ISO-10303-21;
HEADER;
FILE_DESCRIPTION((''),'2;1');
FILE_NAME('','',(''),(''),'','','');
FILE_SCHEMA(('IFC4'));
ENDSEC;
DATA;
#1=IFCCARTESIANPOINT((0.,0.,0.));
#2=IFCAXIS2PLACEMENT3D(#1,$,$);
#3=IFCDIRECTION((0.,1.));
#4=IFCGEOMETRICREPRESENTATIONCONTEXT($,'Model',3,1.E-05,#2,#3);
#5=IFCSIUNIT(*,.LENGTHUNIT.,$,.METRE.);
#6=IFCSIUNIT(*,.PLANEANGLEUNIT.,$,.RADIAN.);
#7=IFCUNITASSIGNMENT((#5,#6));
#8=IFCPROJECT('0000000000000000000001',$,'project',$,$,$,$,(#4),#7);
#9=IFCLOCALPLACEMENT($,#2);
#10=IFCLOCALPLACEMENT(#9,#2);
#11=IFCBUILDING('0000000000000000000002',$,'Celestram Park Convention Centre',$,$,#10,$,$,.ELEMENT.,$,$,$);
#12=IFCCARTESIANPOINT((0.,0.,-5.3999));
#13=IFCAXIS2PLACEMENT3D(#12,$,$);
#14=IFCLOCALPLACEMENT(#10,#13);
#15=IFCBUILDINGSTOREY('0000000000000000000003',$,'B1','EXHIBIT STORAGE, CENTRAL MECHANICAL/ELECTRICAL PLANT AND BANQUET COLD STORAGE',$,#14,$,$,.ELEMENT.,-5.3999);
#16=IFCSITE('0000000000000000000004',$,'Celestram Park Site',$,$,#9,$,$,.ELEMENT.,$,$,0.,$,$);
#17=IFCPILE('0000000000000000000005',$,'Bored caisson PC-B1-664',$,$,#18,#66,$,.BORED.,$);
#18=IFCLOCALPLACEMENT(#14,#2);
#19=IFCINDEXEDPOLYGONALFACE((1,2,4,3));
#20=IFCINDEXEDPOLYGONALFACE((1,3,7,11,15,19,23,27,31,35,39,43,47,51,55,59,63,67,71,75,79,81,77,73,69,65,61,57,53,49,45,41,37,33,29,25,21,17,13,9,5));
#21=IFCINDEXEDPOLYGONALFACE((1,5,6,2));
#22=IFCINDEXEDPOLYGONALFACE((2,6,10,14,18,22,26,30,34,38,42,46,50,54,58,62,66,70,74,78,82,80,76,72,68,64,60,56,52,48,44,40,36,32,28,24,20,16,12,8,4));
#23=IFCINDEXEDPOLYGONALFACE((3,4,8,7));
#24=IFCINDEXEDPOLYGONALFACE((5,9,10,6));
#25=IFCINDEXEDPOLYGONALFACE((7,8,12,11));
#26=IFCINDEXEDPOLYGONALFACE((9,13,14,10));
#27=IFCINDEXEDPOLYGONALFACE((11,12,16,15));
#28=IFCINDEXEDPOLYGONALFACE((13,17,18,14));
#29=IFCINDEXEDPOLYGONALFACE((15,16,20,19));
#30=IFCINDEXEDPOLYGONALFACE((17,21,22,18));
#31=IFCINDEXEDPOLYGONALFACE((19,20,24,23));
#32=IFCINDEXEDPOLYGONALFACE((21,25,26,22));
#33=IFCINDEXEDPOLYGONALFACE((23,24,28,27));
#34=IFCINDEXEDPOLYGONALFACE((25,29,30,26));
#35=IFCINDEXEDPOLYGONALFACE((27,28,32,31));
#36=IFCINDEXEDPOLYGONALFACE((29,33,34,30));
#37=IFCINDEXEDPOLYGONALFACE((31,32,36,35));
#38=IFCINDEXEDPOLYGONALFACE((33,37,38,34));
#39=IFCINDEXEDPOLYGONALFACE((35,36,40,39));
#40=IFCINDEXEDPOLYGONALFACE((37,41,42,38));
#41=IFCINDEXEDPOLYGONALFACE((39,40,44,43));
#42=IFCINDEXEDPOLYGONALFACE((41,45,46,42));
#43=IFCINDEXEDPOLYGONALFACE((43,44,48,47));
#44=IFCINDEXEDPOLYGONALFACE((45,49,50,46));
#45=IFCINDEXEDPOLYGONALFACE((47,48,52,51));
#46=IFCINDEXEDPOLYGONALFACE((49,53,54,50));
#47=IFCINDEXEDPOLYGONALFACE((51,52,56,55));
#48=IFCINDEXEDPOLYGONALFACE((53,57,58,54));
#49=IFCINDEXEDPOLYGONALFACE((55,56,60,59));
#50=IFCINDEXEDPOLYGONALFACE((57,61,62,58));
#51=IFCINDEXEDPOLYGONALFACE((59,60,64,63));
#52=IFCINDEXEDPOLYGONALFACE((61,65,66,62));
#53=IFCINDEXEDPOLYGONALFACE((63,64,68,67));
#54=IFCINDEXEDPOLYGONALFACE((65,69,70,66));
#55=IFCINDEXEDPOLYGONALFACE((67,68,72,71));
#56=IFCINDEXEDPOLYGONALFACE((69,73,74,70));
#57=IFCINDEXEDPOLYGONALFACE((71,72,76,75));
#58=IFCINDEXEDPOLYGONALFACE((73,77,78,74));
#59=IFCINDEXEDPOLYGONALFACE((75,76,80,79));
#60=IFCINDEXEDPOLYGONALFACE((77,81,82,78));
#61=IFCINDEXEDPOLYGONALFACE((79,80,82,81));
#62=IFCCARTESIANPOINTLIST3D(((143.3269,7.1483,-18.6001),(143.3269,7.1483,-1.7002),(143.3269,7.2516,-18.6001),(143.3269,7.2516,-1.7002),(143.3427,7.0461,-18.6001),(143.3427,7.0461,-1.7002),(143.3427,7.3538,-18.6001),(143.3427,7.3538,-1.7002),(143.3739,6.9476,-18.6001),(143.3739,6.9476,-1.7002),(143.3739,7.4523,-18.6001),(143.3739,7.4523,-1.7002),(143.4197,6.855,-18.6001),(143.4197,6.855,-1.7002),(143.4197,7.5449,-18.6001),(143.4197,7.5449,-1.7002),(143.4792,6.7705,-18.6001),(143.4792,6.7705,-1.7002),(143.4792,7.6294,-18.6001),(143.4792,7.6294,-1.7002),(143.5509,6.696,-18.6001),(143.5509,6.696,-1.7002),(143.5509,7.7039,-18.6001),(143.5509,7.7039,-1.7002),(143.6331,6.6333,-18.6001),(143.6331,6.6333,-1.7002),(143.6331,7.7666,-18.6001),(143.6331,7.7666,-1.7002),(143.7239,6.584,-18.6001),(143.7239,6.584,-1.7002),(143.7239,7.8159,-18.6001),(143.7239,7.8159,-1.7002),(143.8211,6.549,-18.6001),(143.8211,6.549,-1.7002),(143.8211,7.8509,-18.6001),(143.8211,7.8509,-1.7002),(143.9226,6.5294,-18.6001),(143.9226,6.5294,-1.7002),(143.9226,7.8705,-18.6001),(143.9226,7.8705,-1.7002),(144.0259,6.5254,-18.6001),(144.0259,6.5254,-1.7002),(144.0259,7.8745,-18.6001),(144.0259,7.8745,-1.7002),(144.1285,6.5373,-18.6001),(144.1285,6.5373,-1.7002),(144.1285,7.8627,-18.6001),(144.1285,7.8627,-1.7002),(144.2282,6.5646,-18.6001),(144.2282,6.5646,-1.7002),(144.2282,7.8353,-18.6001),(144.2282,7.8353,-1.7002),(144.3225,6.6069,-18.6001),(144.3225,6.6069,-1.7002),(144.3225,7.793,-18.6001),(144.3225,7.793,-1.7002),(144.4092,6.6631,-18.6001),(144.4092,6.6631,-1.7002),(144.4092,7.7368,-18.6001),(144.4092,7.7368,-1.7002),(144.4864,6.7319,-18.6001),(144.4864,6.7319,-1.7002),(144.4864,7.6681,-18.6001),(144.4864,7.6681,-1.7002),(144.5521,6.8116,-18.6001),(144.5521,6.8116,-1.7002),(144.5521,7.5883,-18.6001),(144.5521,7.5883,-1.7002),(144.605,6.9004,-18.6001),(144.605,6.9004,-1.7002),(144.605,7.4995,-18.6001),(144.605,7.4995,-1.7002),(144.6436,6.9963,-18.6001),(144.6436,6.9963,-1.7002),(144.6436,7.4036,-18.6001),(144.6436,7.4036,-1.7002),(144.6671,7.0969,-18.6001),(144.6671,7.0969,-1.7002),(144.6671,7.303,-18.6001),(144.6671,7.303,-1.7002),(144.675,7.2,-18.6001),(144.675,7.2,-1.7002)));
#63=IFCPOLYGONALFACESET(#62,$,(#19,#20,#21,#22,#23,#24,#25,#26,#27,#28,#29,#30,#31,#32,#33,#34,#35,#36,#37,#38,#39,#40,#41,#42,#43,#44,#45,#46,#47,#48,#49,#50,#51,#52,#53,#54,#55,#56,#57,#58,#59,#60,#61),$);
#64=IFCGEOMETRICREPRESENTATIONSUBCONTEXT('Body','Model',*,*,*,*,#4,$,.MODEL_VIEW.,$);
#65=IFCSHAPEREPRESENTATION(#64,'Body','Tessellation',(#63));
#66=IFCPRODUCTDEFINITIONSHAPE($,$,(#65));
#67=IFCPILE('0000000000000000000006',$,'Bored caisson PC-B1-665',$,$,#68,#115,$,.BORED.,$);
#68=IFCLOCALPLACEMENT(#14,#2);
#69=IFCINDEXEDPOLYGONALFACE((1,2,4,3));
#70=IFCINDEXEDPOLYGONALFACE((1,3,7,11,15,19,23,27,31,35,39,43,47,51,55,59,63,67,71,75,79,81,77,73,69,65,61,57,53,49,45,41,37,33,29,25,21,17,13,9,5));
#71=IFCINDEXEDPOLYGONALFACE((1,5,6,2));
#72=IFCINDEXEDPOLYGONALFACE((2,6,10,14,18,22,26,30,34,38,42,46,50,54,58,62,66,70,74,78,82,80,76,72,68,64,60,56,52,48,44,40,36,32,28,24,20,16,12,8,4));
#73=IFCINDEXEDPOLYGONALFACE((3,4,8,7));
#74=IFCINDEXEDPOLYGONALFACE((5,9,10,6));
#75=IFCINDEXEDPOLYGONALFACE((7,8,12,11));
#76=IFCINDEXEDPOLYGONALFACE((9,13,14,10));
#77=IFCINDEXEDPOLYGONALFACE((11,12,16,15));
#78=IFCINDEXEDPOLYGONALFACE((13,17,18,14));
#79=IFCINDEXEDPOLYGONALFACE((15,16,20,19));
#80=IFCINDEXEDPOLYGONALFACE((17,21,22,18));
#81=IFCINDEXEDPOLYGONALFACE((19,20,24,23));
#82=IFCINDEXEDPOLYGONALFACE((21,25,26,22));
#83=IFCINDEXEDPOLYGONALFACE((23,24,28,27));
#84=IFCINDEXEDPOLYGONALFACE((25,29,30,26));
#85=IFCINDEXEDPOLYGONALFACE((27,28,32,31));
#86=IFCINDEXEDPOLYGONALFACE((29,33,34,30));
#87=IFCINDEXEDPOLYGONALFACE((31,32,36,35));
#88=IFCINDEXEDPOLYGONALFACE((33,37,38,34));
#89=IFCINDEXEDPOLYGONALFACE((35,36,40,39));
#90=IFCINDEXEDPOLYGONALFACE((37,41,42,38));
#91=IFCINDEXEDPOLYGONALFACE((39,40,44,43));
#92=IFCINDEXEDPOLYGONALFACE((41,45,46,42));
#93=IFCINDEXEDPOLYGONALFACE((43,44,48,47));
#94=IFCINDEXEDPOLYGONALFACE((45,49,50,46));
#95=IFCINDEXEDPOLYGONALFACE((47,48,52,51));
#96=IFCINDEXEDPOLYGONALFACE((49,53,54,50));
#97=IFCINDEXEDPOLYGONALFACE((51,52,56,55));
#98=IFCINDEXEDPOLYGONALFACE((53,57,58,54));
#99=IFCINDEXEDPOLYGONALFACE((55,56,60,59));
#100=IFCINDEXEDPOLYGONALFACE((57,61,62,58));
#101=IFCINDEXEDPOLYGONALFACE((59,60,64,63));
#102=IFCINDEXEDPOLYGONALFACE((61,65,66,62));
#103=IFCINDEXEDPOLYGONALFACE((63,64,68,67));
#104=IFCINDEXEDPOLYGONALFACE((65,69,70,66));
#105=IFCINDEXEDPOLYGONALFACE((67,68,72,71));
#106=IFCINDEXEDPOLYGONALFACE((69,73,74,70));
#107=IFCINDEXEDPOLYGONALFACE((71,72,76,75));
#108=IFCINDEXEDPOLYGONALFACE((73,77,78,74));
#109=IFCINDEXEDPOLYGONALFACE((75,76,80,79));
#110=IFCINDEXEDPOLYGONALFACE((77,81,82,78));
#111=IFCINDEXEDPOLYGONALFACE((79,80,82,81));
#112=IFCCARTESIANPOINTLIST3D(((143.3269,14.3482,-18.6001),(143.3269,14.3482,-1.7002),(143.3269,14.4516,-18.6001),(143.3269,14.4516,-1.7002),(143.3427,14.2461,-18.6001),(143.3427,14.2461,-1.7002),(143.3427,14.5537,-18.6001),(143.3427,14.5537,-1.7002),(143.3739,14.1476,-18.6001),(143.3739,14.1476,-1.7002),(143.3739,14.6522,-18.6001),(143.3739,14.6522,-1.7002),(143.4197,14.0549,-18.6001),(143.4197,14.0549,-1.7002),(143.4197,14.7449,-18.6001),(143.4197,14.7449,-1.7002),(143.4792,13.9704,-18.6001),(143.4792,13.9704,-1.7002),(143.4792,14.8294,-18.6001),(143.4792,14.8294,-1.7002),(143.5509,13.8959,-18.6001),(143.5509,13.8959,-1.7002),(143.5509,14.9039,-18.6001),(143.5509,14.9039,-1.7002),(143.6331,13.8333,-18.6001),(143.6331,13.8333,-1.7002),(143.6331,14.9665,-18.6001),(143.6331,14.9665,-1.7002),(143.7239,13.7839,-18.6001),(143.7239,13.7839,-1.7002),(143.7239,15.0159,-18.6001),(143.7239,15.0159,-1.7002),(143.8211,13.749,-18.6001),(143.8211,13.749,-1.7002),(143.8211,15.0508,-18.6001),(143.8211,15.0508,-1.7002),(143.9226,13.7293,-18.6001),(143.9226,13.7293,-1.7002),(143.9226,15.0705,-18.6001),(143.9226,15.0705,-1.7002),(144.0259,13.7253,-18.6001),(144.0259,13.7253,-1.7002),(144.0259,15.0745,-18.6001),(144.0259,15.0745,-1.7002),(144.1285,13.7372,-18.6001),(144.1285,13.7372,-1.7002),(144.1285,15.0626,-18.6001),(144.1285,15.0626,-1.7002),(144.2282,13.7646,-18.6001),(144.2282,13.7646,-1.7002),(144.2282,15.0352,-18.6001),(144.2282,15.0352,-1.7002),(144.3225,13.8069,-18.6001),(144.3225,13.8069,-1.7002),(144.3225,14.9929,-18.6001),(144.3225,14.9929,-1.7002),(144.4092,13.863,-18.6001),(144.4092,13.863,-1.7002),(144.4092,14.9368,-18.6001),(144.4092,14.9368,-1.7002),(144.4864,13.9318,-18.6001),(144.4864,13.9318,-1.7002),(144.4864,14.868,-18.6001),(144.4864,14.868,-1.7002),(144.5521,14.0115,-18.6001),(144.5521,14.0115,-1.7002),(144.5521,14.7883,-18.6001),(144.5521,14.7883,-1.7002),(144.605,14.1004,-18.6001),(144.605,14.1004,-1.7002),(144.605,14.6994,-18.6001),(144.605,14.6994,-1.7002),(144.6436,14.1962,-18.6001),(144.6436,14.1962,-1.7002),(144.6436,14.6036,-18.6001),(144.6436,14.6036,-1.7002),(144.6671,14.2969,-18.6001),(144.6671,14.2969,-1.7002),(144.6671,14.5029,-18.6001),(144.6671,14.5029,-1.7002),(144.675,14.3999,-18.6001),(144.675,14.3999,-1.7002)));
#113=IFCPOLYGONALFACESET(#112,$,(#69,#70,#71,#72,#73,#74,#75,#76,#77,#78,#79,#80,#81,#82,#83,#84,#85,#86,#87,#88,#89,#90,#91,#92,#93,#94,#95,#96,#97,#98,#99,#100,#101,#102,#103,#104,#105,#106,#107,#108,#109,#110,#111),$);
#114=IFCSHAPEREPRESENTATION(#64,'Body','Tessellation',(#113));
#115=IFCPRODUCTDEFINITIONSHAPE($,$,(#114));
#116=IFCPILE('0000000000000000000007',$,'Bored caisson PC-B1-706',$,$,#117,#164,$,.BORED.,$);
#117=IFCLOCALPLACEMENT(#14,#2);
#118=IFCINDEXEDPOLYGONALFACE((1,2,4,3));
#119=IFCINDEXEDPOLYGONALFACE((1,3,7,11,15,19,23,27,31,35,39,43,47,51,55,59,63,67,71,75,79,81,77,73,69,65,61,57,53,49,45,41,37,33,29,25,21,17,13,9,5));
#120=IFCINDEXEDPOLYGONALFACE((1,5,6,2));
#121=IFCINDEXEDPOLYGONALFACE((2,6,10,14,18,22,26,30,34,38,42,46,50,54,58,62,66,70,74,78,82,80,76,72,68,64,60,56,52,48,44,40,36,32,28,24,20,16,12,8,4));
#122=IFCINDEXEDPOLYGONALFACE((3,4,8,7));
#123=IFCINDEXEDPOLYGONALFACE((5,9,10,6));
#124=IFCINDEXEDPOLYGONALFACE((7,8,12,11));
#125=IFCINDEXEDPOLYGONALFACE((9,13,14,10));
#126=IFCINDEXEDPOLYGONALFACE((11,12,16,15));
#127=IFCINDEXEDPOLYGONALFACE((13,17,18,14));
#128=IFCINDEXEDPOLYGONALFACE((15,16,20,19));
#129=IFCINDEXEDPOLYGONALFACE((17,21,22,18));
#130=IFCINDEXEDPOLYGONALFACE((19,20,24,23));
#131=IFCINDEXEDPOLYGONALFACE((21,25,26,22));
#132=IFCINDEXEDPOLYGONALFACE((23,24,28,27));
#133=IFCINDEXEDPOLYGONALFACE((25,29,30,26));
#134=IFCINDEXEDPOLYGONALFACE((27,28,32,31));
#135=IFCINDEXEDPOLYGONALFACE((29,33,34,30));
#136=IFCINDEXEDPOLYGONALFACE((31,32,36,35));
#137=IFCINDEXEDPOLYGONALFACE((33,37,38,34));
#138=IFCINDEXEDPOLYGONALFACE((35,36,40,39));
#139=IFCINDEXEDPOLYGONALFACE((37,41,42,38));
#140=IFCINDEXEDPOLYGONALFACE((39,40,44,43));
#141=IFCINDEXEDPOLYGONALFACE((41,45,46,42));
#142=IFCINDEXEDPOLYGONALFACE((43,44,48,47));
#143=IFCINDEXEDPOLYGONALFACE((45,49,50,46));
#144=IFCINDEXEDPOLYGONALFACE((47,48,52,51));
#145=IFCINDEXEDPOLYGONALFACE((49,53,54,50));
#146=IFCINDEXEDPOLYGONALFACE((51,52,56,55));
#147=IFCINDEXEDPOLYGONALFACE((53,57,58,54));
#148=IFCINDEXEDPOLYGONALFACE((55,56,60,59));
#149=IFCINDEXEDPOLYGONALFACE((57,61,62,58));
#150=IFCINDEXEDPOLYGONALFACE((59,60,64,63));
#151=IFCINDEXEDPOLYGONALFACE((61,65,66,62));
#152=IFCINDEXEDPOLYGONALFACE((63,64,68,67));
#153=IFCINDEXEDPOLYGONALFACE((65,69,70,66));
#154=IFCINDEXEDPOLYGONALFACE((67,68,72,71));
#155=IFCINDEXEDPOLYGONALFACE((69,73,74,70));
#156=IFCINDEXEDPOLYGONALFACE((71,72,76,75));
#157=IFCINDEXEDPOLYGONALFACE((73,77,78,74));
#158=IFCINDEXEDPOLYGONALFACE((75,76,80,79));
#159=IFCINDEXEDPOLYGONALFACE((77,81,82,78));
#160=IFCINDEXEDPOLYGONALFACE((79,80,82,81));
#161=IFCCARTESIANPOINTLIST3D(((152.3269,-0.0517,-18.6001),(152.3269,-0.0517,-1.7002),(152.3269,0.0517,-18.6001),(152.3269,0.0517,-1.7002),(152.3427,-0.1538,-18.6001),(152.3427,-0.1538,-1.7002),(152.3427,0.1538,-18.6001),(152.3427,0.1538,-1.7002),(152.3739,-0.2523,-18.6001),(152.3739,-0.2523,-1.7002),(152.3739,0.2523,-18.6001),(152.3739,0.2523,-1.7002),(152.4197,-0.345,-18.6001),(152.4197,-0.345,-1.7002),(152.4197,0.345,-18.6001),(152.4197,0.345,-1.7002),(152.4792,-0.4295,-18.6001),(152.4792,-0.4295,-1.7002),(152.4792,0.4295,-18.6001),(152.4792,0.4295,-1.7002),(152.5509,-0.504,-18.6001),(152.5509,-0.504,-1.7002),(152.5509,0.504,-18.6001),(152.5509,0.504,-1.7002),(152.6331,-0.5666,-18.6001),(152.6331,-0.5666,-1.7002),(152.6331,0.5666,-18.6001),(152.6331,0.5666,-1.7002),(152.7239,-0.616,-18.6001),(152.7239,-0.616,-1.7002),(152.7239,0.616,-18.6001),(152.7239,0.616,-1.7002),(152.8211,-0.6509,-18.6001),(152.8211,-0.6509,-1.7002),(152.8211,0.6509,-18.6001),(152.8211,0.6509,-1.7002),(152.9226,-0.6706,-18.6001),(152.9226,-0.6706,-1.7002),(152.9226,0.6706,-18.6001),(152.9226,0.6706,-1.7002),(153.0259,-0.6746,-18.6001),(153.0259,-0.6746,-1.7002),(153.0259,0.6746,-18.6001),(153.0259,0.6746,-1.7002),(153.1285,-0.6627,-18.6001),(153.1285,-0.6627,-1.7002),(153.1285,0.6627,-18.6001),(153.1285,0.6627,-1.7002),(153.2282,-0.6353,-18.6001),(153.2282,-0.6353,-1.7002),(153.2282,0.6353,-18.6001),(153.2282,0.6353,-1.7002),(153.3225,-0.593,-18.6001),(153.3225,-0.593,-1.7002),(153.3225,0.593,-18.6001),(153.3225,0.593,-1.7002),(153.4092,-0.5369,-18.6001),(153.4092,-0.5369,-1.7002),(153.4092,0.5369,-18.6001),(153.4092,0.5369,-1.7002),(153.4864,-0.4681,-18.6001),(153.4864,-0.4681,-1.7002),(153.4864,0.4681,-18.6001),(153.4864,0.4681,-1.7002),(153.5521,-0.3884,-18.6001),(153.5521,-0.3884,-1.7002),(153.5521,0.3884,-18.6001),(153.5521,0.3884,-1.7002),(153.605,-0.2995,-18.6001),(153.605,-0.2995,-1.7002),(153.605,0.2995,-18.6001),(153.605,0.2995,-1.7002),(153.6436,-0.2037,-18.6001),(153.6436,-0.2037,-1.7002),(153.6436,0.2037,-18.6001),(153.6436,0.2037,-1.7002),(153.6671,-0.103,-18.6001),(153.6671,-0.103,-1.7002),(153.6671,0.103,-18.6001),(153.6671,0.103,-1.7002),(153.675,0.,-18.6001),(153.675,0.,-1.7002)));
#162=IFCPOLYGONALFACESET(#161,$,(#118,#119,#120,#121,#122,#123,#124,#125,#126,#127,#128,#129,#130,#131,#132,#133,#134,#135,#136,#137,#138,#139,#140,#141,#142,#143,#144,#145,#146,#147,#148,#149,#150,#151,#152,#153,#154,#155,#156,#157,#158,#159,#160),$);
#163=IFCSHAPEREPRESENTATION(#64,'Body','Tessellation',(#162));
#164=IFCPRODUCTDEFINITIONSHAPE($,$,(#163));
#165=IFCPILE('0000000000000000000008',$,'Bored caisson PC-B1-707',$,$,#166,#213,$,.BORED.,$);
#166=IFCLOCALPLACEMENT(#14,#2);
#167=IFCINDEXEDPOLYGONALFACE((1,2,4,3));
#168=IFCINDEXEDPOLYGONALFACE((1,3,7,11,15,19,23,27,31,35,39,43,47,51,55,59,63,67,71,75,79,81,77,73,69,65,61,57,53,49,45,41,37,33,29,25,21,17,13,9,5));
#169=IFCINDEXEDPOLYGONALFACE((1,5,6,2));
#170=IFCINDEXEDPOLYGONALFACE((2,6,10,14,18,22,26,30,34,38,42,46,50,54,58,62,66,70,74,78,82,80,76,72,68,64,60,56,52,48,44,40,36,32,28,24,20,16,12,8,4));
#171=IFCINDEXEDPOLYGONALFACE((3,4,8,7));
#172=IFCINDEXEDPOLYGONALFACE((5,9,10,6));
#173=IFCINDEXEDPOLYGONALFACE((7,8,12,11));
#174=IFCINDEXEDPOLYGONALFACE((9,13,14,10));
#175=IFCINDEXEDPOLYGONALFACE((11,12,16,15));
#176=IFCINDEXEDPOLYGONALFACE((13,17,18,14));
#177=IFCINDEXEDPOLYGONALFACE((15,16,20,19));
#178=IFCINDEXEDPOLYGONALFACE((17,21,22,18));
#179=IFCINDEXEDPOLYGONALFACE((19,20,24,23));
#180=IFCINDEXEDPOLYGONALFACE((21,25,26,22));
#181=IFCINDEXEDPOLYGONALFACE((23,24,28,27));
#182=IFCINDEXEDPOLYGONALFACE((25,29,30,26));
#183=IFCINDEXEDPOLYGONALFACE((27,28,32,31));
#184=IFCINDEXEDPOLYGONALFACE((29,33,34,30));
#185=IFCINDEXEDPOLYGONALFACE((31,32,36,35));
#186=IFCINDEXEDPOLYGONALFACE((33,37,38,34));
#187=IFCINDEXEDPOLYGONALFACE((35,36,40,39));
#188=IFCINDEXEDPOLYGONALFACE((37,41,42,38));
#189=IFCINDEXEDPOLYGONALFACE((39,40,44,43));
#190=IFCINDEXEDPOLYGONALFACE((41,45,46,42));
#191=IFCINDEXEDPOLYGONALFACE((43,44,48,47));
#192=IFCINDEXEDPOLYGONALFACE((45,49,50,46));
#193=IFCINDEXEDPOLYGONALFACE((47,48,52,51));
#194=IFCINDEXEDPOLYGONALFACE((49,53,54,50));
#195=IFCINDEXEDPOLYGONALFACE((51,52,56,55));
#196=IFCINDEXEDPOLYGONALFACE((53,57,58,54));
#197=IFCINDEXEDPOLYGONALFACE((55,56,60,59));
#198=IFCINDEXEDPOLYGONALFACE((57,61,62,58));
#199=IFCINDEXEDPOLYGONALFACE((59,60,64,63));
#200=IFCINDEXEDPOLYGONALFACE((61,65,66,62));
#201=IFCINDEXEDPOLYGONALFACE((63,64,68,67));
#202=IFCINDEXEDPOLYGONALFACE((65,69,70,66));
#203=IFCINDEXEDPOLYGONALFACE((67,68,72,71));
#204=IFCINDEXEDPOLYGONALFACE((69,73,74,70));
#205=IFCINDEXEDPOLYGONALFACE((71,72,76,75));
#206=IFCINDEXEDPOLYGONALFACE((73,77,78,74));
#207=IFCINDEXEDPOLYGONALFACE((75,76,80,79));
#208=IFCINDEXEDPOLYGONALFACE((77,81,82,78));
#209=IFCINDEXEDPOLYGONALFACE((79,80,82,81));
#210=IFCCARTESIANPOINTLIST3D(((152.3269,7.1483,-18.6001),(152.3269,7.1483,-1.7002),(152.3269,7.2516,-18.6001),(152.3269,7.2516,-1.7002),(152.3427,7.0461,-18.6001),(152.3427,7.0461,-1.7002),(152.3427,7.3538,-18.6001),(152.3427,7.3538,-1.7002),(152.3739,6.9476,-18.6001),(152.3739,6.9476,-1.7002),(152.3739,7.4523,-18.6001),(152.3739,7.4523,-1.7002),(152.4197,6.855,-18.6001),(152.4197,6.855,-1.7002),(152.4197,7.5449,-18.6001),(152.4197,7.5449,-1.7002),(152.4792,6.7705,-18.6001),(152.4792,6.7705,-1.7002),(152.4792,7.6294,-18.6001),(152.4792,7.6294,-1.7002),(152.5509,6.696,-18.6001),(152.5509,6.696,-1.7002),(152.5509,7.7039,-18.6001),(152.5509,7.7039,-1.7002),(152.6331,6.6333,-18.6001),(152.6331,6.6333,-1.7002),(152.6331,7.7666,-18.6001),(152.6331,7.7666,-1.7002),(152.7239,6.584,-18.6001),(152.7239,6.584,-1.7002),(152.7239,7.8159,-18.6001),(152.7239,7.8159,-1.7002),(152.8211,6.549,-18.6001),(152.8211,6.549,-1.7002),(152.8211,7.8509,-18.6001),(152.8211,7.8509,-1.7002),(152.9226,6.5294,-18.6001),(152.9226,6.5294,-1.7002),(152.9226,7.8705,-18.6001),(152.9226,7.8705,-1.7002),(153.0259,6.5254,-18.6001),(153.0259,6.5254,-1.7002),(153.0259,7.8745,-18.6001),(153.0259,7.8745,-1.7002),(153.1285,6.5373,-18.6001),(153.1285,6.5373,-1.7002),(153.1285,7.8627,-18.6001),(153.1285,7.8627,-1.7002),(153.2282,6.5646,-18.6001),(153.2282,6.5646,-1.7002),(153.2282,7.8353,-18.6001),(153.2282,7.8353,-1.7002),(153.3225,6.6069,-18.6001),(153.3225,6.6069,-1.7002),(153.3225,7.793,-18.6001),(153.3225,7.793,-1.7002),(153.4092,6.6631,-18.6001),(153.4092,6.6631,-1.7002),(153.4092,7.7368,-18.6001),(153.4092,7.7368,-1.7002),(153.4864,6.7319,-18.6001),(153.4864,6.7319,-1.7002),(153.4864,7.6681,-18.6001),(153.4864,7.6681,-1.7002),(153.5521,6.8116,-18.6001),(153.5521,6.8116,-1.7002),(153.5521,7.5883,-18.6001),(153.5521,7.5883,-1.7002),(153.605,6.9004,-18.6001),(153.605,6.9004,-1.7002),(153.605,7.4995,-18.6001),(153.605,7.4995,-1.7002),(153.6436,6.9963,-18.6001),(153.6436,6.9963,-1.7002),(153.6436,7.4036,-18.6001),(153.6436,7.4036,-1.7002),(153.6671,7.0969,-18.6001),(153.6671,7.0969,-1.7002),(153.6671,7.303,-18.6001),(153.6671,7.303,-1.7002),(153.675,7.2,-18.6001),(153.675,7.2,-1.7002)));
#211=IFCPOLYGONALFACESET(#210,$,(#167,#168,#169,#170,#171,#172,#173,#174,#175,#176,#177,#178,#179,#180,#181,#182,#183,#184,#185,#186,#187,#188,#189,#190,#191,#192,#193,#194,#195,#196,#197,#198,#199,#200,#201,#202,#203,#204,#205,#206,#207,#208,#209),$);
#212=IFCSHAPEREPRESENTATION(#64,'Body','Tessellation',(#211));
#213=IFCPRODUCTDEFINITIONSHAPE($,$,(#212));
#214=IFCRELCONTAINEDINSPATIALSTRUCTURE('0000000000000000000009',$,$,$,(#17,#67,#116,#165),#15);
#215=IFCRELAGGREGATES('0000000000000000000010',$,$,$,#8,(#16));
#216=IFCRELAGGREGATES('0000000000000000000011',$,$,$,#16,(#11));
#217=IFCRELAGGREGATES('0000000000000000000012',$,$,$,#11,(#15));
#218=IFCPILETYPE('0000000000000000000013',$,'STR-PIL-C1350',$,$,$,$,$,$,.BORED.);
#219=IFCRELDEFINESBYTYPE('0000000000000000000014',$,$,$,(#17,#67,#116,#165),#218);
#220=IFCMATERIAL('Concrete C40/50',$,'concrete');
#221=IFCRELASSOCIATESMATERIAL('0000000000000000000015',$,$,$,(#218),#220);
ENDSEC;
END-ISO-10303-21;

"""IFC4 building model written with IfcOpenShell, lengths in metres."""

from ifc_helpers import new_model, si_unit, direction, frame, origin, origin_2d, place, context, subcontext, project, spatial, circle, extrude, material, material_profile, profile_set, type_object, element, save


model = new_model("IFC4")

# Units and contexts
model_context = context("Model", 3, precision=1e-05, world=origin(), true_north=direction((0.0, 1.0)))
body_context = subcontext(model_context, "Body", "Model", "MODEL_VIEW")
ifc_project = project(units=[si_unit("LENGTHUNIT", "METRE"), si_unit("PLANEANGLEUNIT", "RADIAN")], contexts=[model_context])

# Site, building, storey
site_placement = place(None, origin())
site = spatial("IfcSite", under=ifc_project, at=site_placement, Name="Celestram Park Site", CompositionType="ELEMENT", RefElevation=0.0)
building_placement = place(site_placement, origin())
building = spatial("IfcBuilding", under=site, at=building_placement, Name="Celestram Park Convention Centre", CompositionType="ELEMENT")
storey_placement = place(building_placement, frame((0.0, 0.0, -5.3999)))
storey = spatial("IfcBuildingStorey", under=building, at=storey_placement, Name="B1", Description="EXHIBIT STORAGE, CENTRAL MECHANICAL/ELECTRICAL PLANT AND BANQUET COLD STORAGE", CompositionType="ELEMENT", Elevation=-5.3999)

# Shared definitions
ifc_material_1 = material(Name="Concrete C40/50", Category="concrete")

# Piles
ifc_material_profile_1 = material_profile(ifc_material_1, circle(Radius=0.675, at=origin_2d()), Name="CAISSON1350")
ifc_profile_set_1 = profile_set([ifc_material_profile_1], Name="Concrete C40/50")
pile_type = type_object("IfcPileType", Name="STR-PIL-C1350", PredefinedType="BORED", material=ifc_profile_set_1)
for number, where, z_axis, x_axis, name in (
    (1, (144.0, 7.2, -1.7002), (0.0, 0.0, -1.0), (1.0, 0.0, 0.0), "Bored caisson PC-B1-664"),
    (2, (144.0, 14.3999, -1.7002), (0.0, 0.0, -1.0), (1.0, 0.0, 0.0), "Bored caisson PC-B1-665"),
    (3, (153.0, 0.0, -1.7002), (0.0, 0.0, -1.0), (1.0, 0.0, 0.0), "Bored caisson PC-B1-706"),
    (4, (153.0, 7.2, -1.7002), (0.0, 0.0, -1.0), (1.0, 0.0, 0.0), "Bored caisson PC-B1-707"),
):
    element("IfcPile", number, at=place(storey_placement, frame(where, z_axis=z_axis, x_axis=x_axis)), inside=storey, type_object=pile_type, Name=name, PredefinedType="BORED", context=body_context, shape_type="SweptSolid", body=[
        extrude(circle(Radius=0.675, at=origin_2d()), origin(), (0.0, 0.0, 1.0), 16.8999),
    ])

save(model, "model.ifc")
